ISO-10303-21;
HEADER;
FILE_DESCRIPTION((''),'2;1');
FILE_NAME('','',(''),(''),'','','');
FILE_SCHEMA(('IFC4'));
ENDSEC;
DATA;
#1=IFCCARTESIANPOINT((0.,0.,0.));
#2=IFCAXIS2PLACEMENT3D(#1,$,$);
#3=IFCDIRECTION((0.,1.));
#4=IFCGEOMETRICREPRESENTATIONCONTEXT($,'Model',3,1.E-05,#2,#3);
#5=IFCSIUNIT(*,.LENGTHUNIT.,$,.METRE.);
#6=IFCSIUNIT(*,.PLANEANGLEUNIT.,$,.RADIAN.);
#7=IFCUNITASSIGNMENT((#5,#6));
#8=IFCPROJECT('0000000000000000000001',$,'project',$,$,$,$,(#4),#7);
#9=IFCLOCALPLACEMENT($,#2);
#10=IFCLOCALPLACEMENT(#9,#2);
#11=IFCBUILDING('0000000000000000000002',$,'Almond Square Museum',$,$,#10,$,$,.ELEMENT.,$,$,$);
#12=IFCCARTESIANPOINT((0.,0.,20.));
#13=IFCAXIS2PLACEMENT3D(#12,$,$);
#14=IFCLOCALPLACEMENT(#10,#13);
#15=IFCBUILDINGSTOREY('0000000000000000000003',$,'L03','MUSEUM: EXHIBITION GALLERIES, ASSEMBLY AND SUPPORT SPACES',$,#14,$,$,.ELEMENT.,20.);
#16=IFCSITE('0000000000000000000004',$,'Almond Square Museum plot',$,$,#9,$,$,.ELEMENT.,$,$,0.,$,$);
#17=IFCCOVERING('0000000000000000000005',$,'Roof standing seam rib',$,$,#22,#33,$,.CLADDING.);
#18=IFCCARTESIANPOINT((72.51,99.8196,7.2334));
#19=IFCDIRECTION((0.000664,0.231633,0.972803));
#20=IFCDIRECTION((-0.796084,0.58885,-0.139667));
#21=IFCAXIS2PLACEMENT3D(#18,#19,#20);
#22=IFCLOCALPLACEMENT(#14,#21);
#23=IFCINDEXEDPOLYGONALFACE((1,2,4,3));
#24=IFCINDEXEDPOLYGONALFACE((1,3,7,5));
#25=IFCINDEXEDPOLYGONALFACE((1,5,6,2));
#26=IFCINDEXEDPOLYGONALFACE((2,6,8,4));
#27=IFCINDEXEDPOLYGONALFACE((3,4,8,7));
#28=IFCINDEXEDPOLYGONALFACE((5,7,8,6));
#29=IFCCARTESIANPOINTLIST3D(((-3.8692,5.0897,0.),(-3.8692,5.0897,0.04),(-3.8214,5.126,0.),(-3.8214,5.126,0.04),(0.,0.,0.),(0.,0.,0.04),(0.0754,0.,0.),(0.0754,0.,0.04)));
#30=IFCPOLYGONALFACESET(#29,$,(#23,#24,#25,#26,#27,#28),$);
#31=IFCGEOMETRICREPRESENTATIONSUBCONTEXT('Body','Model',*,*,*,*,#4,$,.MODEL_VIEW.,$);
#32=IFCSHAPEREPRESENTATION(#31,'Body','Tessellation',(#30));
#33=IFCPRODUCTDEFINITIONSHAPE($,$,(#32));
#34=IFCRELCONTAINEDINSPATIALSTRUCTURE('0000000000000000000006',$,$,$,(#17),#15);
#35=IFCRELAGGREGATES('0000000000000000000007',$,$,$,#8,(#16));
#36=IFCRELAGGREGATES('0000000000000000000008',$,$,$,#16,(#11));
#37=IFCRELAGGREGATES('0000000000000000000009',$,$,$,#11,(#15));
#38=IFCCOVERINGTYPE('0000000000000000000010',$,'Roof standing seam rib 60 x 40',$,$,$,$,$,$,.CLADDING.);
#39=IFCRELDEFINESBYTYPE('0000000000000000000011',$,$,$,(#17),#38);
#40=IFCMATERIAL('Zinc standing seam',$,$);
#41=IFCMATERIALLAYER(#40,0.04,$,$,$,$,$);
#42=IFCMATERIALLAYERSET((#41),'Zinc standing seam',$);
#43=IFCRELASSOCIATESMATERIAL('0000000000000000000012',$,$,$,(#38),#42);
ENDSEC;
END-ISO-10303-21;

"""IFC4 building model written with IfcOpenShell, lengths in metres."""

from ifc_helpers import new_model, si_unit, direction, frame, origin, place, context, subcontext, project, spatial, polyline, outline, extrude, material, layer, layer_set, type_object, element, save


model = new_model("IFC4")

# Units and contexts
model_context = context("Model", 3, precision=1e-05, world=origin(), true_north=direction((0.0, 1.0)))
body_context = subcontext(model_context, "Body", "Model", "MODEL_VIEW")
ifc_project = project(units=[si_unit("LENGTHUNIT", "METRE"), si_unit("PLANEANGLEUNIT", "RADIAN")], contexts=[model_context])

# Site, building, storey
site_placement = place(None, origin())
site = spatial("IfcSite", under=ifc_project, at=site_placement, Name="Almond Square Museum plot", CompositionType="ELEMENT", RefElevation=0.0)
building_placement = place(site_placement, origin())
building = spatial("IfcBuilding", under=site, at=building_placement, Name="Almond Square Museum", CompositionType="ELEMENT")
storey_placement = place(building_placement, frame((0.0, 0.0, 20.0)))
storey = spatial("IfcBuildingStorey", under=building, at=storey_placement, Name="L03", Description="MUSEUM: EXHIBITION GALLERIES, ASSEMBLY AND SUPPORT SPACES", CompositionType="ELEMENT", Elevation=20.0)

# Covering
ifc_material_1 = material(Name="Zinc standing seam")
ifc_layer_1 = layer(ifc_material_1, 0.04)
ifc_layer_set_1 = layer_set([ifc_layer_1], Name="Zinc standing seam")
covering_type = type_object("IfcCoveringType", Name="Roof standing seam rib 60 x 40", PredefinedType="CLADDING", material=ifc_layer_set_1)
covering_placement = place(storey_placement, frame((72.51, 99.8196, 7.2334), z_axis=(0.000664, 0.231633, 0.972803), x_axis=(-0.796084, 0.58885, -0.139667)))
element("IfcCovering", 1, at=covering_placement, inside=storey, type_object=covering_type, Name="Roof standing seam rib", PredefinedType="CLADDING", context=body_context, shape_type="SweptSolid", body=[
    extrude(outline(polyline([(0.0, 0.0), (0.0754, 0.0), (-3.8214, 5.126), (-3.8692, 5.0897), (0.0, 0.0)])), origin(), (0.0, 0.0, 1.0), 0.04),
])

save(model, "model.ifc")
